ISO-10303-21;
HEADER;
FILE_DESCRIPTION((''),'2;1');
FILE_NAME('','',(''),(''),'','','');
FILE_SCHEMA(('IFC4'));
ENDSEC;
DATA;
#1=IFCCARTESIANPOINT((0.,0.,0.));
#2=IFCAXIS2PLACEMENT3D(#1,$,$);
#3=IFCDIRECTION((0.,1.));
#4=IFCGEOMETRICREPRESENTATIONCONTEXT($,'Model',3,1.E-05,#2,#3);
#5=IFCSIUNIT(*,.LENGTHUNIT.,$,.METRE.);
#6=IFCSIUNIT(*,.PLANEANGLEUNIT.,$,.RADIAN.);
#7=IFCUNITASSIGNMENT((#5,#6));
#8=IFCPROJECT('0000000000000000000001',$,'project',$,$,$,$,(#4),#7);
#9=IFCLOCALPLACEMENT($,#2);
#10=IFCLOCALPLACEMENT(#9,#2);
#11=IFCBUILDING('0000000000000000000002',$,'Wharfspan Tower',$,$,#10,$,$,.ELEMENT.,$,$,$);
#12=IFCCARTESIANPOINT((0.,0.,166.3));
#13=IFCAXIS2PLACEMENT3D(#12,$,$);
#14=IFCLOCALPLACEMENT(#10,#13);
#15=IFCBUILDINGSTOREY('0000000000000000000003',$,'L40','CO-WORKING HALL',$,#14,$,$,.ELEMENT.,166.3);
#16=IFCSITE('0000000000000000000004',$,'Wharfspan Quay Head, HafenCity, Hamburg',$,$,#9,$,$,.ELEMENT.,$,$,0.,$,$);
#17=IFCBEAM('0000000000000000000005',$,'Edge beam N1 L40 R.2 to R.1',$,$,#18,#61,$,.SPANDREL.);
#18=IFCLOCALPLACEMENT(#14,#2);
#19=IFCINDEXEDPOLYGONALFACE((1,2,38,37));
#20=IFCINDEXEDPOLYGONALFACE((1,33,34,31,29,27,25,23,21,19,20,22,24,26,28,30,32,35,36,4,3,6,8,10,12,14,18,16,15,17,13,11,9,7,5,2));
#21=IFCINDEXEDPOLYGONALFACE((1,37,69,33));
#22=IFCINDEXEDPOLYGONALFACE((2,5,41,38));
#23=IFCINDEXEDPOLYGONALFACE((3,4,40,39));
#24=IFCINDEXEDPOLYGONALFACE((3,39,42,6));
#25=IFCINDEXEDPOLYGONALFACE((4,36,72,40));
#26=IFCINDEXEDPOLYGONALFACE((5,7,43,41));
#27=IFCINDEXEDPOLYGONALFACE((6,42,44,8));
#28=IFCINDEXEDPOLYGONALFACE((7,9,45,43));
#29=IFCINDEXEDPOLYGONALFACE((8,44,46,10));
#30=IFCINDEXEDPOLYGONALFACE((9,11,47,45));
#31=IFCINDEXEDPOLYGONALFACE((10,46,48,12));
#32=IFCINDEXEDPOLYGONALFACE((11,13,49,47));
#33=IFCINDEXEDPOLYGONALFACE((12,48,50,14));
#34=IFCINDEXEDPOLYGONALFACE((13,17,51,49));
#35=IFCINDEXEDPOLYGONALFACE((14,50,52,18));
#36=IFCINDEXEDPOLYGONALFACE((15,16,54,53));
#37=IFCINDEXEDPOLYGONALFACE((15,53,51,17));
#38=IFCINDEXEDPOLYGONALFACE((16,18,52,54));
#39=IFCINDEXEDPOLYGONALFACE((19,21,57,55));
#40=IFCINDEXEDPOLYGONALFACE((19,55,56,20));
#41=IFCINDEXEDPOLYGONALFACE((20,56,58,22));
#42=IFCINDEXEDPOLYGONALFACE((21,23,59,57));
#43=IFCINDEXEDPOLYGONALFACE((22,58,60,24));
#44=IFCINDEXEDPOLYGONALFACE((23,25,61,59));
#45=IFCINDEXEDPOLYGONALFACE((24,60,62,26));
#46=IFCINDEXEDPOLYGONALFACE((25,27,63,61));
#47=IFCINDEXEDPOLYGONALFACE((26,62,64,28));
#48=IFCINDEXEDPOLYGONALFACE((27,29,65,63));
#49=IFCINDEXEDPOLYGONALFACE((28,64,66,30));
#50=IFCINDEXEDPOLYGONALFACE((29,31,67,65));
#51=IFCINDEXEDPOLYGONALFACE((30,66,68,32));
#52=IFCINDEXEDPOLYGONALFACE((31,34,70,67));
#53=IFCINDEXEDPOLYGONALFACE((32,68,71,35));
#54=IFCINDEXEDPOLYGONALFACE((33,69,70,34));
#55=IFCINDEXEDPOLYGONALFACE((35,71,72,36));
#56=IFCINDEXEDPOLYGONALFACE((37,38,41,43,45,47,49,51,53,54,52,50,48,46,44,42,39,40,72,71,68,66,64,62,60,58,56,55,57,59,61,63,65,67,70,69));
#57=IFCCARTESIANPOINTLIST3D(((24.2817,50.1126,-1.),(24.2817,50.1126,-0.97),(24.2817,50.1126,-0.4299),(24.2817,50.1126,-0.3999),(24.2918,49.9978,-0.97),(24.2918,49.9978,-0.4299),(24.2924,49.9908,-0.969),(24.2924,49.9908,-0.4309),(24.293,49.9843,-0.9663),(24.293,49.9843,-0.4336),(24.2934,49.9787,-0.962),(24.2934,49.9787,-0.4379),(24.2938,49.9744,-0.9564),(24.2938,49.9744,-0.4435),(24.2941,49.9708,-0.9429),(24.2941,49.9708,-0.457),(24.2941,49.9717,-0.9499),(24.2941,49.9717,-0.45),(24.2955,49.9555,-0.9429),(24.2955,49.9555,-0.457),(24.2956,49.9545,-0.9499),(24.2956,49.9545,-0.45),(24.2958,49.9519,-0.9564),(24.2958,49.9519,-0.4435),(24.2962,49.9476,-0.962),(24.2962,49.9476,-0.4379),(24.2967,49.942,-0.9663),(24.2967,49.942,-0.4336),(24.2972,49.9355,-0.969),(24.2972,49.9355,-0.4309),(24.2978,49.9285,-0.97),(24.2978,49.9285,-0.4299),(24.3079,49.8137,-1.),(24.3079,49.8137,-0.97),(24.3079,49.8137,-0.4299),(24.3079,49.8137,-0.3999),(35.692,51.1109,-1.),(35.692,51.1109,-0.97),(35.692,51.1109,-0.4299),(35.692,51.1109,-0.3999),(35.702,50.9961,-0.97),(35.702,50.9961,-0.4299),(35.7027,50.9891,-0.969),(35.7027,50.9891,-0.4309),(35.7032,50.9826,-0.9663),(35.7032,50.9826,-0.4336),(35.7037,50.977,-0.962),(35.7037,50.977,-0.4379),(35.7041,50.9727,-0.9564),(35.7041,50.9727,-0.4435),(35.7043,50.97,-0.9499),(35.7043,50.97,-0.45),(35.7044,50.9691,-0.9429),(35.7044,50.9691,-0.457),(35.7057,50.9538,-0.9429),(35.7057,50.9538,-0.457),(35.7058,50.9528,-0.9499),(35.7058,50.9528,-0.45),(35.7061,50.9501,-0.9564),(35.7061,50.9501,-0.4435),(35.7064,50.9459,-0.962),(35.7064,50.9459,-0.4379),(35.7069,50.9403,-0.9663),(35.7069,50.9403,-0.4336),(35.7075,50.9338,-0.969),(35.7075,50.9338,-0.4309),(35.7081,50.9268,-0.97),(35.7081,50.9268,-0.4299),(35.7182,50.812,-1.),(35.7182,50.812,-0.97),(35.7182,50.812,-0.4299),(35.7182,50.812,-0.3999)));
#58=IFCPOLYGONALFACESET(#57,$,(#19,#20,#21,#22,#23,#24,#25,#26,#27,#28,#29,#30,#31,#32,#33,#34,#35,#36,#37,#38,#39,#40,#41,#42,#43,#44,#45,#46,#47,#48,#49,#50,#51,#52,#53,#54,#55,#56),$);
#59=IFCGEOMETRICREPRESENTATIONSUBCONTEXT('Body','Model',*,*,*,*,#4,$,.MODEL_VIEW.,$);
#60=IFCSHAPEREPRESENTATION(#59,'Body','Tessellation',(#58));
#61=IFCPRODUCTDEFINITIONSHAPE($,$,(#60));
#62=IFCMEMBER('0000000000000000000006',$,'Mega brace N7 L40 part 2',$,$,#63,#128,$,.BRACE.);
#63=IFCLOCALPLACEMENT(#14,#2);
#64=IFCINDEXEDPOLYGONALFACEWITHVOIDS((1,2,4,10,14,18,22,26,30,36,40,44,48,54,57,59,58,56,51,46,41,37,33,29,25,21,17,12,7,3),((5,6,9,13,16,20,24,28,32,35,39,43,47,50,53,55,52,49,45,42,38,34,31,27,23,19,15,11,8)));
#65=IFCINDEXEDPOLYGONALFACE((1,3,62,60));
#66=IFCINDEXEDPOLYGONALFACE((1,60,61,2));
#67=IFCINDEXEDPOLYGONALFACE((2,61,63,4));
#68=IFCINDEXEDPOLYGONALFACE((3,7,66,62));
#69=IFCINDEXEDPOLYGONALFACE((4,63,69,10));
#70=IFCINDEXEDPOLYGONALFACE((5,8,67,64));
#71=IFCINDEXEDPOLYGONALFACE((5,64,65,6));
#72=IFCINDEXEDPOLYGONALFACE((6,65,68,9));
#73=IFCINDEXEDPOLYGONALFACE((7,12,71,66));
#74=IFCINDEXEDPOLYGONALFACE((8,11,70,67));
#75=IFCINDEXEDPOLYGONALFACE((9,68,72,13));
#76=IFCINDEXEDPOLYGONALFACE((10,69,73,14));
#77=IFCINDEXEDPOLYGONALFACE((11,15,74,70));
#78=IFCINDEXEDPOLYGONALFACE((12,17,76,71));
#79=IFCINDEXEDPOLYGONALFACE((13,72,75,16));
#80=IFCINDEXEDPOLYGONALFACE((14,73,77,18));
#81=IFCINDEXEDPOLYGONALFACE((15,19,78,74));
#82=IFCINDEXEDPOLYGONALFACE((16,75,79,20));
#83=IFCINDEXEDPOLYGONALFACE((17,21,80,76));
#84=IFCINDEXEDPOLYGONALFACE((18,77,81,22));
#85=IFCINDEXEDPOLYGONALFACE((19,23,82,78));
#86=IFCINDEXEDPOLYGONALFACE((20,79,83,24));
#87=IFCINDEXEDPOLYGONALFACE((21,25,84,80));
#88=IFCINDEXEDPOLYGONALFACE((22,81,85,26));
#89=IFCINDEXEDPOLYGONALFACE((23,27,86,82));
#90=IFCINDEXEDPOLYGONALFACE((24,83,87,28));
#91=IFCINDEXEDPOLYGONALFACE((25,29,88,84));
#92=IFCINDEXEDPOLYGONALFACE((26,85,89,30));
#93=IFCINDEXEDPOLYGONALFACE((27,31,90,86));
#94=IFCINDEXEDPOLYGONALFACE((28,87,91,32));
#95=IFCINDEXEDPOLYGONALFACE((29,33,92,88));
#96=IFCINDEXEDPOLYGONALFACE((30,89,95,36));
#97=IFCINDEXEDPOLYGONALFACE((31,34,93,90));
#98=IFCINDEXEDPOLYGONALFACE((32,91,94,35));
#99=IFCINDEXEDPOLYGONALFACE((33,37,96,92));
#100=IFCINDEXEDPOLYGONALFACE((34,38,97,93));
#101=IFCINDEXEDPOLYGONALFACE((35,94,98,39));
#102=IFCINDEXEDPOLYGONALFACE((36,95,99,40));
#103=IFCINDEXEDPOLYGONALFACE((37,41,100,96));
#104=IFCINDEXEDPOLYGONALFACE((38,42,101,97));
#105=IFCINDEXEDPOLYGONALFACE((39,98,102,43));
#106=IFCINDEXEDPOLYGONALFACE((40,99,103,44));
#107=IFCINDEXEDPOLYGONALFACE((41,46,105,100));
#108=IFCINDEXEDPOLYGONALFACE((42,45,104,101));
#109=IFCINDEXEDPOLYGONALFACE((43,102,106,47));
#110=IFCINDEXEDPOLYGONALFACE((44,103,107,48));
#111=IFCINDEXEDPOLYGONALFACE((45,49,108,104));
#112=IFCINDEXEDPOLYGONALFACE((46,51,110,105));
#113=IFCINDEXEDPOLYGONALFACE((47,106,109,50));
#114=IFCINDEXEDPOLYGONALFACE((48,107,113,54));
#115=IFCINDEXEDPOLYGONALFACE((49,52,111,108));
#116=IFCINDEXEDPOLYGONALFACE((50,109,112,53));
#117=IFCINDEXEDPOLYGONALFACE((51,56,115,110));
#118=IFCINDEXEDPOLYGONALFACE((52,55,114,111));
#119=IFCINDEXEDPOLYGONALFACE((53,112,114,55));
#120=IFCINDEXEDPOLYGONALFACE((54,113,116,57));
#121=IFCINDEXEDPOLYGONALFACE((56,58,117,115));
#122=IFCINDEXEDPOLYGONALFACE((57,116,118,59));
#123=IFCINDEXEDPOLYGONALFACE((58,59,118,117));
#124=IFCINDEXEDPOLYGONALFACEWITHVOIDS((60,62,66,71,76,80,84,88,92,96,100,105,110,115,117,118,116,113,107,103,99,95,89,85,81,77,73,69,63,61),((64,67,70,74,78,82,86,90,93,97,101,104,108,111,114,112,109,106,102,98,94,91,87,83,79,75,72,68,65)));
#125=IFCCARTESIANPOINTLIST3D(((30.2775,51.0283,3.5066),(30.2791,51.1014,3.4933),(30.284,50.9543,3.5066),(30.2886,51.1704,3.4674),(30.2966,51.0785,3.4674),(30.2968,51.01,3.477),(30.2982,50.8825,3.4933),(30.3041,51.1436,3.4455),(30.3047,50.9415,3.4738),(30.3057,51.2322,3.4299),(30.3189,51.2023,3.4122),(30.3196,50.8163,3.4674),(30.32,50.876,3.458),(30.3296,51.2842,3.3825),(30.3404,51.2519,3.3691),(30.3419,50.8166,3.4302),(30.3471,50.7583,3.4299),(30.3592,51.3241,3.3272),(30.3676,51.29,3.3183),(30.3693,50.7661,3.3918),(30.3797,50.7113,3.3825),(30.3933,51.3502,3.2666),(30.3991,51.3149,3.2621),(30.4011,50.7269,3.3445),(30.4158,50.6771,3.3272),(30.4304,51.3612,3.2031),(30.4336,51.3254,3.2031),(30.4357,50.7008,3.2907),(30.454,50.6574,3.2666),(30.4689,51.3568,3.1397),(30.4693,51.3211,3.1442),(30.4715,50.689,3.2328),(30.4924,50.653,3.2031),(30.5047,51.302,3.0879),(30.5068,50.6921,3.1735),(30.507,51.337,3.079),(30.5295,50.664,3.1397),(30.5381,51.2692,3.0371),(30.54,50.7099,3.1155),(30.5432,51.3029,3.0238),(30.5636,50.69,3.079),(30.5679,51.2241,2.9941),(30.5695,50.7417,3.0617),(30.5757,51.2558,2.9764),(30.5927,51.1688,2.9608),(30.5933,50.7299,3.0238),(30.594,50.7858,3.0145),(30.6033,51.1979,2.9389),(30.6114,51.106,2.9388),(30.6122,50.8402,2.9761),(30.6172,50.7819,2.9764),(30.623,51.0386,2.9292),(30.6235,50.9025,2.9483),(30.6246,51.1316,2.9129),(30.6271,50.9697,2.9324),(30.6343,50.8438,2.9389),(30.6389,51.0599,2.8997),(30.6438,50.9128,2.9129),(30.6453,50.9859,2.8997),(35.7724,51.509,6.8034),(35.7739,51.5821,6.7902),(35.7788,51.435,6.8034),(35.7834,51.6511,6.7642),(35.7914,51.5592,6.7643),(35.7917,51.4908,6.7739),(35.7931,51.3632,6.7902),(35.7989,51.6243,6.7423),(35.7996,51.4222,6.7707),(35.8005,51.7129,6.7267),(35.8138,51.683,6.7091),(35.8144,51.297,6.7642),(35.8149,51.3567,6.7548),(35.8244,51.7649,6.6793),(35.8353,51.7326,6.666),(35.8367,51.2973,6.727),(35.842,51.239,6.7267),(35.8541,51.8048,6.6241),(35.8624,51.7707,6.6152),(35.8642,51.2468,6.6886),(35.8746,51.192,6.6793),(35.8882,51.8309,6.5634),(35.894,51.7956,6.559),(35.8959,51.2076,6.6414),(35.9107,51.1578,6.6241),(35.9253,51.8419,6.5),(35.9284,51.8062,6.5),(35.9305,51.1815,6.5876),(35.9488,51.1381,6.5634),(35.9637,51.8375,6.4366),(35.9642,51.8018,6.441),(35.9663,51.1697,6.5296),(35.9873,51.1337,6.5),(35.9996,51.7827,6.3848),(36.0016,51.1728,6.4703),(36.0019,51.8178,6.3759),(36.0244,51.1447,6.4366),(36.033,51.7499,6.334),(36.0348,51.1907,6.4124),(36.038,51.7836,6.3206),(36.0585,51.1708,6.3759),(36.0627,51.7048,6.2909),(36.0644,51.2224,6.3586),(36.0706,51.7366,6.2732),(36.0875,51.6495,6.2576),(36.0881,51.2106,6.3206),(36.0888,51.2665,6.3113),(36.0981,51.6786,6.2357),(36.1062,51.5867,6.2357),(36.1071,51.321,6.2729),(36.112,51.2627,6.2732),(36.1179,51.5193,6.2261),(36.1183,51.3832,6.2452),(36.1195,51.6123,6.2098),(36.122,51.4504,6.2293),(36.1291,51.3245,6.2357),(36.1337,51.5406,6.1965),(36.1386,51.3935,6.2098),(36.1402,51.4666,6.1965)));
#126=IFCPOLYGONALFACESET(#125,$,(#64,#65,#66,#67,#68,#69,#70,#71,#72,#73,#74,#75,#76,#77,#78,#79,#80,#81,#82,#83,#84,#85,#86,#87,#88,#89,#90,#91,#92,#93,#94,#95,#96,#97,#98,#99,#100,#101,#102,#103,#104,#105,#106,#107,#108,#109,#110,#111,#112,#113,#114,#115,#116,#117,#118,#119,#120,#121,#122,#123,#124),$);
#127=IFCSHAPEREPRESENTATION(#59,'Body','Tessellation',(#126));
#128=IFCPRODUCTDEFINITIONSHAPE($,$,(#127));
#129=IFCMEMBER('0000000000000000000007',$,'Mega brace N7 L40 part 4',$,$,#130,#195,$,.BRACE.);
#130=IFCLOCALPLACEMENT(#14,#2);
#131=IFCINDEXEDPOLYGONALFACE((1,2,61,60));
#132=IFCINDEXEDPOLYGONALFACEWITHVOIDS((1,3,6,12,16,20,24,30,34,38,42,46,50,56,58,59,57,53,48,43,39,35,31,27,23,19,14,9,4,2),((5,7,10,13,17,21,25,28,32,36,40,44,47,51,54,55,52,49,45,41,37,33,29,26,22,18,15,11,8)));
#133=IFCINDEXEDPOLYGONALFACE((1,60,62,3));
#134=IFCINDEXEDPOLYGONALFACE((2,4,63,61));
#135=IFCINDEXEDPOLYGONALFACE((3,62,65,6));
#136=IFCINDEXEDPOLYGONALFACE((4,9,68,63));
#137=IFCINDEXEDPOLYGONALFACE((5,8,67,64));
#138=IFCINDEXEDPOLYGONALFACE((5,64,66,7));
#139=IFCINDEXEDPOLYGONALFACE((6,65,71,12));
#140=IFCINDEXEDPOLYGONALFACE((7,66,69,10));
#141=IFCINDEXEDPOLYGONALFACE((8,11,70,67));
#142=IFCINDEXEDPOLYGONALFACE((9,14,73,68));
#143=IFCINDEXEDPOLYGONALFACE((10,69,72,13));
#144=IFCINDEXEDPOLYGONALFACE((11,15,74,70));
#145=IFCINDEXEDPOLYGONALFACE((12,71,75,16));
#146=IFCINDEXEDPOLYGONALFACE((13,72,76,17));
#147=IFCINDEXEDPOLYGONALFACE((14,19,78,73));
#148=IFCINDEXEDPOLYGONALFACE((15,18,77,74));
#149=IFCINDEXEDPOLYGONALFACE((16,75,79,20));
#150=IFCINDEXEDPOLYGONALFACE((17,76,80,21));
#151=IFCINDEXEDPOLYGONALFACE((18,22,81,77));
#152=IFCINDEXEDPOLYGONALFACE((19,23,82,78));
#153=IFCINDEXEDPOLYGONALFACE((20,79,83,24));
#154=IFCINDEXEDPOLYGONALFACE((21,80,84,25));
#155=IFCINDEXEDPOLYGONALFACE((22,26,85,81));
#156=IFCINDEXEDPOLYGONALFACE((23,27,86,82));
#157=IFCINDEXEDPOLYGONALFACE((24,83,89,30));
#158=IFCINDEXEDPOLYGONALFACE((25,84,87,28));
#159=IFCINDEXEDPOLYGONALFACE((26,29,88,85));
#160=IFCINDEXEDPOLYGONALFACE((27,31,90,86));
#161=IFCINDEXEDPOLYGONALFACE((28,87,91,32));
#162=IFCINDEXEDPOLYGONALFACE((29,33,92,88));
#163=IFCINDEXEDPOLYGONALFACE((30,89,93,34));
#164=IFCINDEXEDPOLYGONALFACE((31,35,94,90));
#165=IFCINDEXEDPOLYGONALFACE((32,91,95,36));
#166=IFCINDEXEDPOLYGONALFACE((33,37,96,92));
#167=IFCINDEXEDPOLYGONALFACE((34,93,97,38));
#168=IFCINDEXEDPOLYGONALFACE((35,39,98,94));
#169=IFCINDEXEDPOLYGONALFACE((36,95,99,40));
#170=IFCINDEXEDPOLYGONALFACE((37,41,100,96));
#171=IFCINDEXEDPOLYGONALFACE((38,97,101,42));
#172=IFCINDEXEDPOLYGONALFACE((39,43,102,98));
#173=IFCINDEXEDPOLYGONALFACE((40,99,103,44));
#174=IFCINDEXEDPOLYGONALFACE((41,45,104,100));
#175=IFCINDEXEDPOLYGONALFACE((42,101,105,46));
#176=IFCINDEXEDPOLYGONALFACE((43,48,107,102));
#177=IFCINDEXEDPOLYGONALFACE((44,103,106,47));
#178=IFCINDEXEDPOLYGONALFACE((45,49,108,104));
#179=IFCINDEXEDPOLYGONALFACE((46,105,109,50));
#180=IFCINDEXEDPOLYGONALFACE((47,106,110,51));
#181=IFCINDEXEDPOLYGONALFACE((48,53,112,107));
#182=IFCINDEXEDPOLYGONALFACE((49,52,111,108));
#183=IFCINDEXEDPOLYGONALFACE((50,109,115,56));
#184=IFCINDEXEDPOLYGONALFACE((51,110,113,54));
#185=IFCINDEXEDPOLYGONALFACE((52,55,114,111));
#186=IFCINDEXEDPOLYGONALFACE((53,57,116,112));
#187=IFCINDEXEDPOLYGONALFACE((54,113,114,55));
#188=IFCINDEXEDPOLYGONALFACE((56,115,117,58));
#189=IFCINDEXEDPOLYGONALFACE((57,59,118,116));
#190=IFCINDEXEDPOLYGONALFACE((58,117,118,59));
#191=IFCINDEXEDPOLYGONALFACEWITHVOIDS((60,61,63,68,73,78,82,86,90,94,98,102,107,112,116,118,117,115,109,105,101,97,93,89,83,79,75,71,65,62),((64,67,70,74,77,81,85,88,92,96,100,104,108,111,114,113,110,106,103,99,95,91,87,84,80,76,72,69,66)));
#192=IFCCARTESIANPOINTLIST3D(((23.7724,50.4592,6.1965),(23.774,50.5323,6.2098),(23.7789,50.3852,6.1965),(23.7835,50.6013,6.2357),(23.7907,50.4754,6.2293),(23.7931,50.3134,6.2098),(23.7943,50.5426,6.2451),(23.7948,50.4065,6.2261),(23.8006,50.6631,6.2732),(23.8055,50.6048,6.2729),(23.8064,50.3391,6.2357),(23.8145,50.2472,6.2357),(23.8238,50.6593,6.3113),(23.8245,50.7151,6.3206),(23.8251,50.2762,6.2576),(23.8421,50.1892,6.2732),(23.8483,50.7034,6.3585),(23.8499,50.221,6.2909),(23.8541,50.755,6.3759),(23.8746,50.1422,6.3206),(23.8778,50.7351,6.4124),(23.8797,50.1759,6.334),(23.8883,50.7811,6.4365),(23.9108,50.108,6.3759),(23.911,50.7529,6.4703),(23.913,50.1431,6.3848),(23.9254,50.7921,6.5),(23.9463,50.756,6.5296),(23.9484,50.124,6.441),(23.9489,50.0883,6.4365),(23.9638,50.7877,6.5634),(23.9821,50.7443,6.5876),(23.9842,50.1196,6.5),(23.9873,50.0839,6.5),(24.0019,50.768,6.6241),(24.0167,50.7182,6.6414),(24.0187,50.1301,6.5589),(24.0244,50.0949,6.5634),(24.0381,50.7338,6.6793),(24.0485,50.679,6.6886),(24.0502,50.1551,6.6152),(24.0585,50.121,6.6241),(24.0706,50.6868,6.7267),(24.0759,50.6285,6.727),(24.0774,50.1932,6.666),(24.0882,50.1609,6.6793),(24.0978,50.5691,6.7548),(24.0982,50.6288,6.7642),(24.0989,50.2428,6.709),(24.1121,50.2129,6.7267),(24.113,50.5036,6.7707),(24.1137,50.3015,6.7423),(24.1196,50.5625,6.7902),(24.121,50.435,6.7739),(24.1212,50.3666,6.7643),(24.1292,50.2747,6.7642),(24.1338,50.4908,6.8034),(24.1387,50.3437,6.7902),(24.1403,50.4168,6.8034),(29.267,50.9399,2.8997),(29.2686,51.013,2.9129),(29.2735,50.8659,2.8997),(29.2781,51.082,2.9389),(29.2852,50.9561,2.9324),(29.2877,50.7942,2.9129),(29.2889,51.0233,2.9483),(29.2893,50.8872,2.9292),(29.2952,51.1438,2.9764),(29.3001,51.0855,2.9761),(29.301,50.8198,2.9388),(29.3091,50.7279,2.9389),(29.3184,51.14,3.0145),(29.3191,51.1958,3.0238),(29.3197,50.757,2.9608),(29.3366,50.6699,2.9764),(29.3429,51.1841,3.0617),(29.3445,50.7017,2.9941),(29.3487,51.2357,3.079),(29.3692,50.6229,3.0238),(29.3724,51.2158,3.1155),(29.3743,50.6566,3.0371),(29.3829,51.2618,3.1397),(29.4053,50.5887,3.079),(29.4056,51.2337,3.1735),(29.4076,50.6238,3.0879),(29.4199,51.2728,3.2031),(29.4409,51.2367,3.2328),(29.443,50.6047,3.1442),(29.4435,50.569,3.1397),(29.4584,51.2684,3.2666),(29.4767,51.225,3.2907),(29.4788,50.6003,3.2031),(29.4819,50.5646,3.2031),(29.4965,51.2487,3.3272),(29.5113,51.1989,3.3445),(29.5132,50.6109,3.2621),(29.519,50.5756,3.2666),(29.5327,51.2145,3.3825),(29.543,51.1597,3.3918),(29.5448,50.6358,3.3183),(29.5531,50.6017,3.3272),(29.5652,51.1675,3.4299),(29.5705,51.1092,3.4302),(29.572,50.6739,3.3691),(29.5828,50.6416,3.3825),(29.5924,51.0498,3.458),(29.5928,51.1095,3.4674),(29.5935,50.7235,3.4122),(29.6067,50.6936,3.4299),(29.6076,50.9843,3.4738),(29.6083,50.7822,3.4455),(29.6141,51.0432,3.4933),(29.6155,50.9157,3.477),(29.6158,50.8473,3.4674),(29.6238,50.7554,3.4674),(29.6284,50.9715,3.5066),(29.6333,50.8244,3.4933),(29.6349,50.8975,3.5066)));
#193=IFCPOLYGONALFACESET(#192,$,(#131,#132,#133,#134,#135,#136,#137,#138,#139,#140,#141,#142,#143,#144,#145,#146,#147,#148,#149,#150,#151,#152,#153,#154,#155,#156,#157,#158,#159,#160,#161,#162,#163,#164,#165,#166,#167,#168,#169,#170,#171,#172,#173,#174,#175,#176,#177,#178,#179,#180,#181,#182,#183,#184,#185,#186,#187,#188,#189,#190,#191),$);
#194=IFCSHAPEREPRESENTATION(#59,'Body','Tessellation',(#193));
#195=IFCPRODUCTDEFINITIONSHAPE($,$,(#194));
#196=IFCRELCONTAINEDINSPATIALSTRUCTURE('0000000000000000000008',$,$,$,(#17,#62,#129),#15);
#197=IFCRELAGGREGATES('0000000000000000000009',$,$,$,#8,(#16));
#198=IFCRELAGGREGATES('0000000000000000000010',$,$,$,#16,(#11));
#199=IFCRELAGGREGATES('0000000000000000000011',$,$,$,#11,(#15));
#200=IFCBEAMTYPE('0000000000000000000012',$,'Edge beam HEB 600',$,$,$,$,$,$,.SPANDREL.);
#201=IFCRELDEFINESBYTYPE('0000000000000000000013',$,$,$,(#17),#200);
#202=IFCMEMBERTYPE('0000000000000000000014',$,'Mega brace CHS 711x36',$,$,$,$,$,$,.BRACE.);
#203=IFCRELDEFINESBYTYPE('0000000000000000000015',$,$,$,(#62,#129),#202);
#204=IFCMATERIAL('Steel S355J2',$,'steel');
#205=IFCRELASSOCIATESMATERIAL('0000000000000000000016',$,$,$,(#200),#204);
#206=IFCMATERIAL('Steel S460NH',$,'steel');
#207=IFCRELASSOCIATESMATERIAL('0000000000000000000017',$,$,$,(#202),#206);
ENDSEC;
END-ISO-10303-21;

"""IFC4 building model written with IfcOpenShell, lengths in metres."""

from ifc_helpers import new_model, si_unit, direction, frame, origin, origin_2d, place, context, subcontext, project, spatial, hollow_circle, i_section, extrude, material, material_profile, profile_set, type_object, element, save


model = new_model("IFC4")

# Units and contexts
model_context = context("Model", 3, precision=1e-05, world=origin(), true_north=direction((0.0, 1.0)))
body_context = subcontext(model_context, "Body", "Model", "MODEL_VIEW")
ifc_project = project(units=[si_unit("LENGTHUNIT", "METRE"), si_unit("PLANEANGLEUNIT", "RADIAN")], contexts=[model_context])

# Site, building, storey
site_placement = place(None, origin())
site = spatial("IfcSite", under=ifc_project, at=site_placement, Name="Wharfspan Quay Head, HafenCity, Hamburg", CompositionType="ELEMENT", RefElevation=0.0)
building_placement = place(site_placement, origin())
building = spatial("IfcBuilding", under=site, at=building_placement, Name="Wharfspan Tower", CompositionType="ELEMENT")
storey_placement = place(building_placement, frame((0.0, 0.0, 166.3)))
storey = spatial("IfcBuildingStorey", under=building, at=storey_placement, Name="L40", Description="CO-WORKING HALL", CompositionType="ELEMENT", Elevation=166.3)

# Beam
ifc_material_1 = material(Name="Steel S355J2", Category="steel")
ifc_material_profile_1 = material_profile(ifc_material_1, i_section(OverallWidth=0.3, OverallDepth=0.6001, WebThickness=0.0154, FlangeThickness=0.03, FilletRadius=0.0271, at=origin_2d()))
ifc_profile_set_1 = profile_set([ifc_material_profile_1], Name="Steel S355J2")
beam_type = type_object("IfcBeamType", Name="Edge beam HEB 600", PredefinedType="SPANDREL", material=ifc_profile_set_1)
beam_placement = place(storey_placement, frame((35.7051, 50.9614, -0.7), z_axis=(-0.996194, -0.087158, 0.0), x_axis=(0.087158, -0.996194, 0.0)))
element("IfcBeam", 1, at=beam_placement, inside=storey, type_object=beam_type, Name="Edge beam N1 L40 R.2 to R.1", PredefinedType="SPANDREL", context=body_context, shape_type="SweptSolid", body=[
    extrude(i_section(OverallWidth=0.3, OverallDepth=0.6001, WebThickness=0.0154, FlangeThickness=0.03, FilletRadius=0.0271, at=origin_2d()), origin(), (0.0, 0.0, 1.0), 11.4539),
])

# Members
ifc_material_2 = material(Name="Steel S460NH", Category="steel")
ifc_material_profile_2 = material_profile(ifc_material_2, hollow_circle(Radius=0.3555, WallThickness=0.0359, at=origin_2d()))
ifc_profile_set_2 = profile_set([ifc_material_profile_2], Name="Steel S460NH")
member_type = type_object("IfcMemberType", Name="Mega brace CHS 711x36", PredefinedType="BRACE", material=ifc_profile_set_2)
member_1_placement = place(storey_placement, frame((30.4614, 51.0071, 3.2031), z_axis=(0.855094, 0.074807, 0.513049), x_axis=(-0.087152, 0.996192, 0.000002)))
element("IfcMember", 2, at=member_1_placement, inside=storey, type_object=member_type, Name="Mega brace N7 L40 part 2", PredefinedType="BRACE", context=body_context, shape_type="SweptSolid", body=[
    extrude(hollow_circle(Radius=0.3555, WallThickness=0.0359, at=origin_2d()), origin(), (0.0, 0.0, 1.0), 6.426),
])
member_2_placement = place(storey_placement, frame((29.4509, 50.9187, 3.2031), z_axis=(-0.855083, -0.074809, 0.513065), x_axis=(0.087154, -0.996196, -0.000001)))
element("IfcMember", 3, at=member_2_placement, inside=storey, type_object=member_type, Name="Mega brace N7 L40 part 4", PredefinedType="BRACE", context=body_context, shape_type="SweptSolid", body=[
    extrude(hollow_circle(Radius=0.3555, WallThickness=0.0359, at=origin_2d()), origin(), (0.0, 0.0, 1.0), 6.4258),
])

save(model, "model.ifc")
